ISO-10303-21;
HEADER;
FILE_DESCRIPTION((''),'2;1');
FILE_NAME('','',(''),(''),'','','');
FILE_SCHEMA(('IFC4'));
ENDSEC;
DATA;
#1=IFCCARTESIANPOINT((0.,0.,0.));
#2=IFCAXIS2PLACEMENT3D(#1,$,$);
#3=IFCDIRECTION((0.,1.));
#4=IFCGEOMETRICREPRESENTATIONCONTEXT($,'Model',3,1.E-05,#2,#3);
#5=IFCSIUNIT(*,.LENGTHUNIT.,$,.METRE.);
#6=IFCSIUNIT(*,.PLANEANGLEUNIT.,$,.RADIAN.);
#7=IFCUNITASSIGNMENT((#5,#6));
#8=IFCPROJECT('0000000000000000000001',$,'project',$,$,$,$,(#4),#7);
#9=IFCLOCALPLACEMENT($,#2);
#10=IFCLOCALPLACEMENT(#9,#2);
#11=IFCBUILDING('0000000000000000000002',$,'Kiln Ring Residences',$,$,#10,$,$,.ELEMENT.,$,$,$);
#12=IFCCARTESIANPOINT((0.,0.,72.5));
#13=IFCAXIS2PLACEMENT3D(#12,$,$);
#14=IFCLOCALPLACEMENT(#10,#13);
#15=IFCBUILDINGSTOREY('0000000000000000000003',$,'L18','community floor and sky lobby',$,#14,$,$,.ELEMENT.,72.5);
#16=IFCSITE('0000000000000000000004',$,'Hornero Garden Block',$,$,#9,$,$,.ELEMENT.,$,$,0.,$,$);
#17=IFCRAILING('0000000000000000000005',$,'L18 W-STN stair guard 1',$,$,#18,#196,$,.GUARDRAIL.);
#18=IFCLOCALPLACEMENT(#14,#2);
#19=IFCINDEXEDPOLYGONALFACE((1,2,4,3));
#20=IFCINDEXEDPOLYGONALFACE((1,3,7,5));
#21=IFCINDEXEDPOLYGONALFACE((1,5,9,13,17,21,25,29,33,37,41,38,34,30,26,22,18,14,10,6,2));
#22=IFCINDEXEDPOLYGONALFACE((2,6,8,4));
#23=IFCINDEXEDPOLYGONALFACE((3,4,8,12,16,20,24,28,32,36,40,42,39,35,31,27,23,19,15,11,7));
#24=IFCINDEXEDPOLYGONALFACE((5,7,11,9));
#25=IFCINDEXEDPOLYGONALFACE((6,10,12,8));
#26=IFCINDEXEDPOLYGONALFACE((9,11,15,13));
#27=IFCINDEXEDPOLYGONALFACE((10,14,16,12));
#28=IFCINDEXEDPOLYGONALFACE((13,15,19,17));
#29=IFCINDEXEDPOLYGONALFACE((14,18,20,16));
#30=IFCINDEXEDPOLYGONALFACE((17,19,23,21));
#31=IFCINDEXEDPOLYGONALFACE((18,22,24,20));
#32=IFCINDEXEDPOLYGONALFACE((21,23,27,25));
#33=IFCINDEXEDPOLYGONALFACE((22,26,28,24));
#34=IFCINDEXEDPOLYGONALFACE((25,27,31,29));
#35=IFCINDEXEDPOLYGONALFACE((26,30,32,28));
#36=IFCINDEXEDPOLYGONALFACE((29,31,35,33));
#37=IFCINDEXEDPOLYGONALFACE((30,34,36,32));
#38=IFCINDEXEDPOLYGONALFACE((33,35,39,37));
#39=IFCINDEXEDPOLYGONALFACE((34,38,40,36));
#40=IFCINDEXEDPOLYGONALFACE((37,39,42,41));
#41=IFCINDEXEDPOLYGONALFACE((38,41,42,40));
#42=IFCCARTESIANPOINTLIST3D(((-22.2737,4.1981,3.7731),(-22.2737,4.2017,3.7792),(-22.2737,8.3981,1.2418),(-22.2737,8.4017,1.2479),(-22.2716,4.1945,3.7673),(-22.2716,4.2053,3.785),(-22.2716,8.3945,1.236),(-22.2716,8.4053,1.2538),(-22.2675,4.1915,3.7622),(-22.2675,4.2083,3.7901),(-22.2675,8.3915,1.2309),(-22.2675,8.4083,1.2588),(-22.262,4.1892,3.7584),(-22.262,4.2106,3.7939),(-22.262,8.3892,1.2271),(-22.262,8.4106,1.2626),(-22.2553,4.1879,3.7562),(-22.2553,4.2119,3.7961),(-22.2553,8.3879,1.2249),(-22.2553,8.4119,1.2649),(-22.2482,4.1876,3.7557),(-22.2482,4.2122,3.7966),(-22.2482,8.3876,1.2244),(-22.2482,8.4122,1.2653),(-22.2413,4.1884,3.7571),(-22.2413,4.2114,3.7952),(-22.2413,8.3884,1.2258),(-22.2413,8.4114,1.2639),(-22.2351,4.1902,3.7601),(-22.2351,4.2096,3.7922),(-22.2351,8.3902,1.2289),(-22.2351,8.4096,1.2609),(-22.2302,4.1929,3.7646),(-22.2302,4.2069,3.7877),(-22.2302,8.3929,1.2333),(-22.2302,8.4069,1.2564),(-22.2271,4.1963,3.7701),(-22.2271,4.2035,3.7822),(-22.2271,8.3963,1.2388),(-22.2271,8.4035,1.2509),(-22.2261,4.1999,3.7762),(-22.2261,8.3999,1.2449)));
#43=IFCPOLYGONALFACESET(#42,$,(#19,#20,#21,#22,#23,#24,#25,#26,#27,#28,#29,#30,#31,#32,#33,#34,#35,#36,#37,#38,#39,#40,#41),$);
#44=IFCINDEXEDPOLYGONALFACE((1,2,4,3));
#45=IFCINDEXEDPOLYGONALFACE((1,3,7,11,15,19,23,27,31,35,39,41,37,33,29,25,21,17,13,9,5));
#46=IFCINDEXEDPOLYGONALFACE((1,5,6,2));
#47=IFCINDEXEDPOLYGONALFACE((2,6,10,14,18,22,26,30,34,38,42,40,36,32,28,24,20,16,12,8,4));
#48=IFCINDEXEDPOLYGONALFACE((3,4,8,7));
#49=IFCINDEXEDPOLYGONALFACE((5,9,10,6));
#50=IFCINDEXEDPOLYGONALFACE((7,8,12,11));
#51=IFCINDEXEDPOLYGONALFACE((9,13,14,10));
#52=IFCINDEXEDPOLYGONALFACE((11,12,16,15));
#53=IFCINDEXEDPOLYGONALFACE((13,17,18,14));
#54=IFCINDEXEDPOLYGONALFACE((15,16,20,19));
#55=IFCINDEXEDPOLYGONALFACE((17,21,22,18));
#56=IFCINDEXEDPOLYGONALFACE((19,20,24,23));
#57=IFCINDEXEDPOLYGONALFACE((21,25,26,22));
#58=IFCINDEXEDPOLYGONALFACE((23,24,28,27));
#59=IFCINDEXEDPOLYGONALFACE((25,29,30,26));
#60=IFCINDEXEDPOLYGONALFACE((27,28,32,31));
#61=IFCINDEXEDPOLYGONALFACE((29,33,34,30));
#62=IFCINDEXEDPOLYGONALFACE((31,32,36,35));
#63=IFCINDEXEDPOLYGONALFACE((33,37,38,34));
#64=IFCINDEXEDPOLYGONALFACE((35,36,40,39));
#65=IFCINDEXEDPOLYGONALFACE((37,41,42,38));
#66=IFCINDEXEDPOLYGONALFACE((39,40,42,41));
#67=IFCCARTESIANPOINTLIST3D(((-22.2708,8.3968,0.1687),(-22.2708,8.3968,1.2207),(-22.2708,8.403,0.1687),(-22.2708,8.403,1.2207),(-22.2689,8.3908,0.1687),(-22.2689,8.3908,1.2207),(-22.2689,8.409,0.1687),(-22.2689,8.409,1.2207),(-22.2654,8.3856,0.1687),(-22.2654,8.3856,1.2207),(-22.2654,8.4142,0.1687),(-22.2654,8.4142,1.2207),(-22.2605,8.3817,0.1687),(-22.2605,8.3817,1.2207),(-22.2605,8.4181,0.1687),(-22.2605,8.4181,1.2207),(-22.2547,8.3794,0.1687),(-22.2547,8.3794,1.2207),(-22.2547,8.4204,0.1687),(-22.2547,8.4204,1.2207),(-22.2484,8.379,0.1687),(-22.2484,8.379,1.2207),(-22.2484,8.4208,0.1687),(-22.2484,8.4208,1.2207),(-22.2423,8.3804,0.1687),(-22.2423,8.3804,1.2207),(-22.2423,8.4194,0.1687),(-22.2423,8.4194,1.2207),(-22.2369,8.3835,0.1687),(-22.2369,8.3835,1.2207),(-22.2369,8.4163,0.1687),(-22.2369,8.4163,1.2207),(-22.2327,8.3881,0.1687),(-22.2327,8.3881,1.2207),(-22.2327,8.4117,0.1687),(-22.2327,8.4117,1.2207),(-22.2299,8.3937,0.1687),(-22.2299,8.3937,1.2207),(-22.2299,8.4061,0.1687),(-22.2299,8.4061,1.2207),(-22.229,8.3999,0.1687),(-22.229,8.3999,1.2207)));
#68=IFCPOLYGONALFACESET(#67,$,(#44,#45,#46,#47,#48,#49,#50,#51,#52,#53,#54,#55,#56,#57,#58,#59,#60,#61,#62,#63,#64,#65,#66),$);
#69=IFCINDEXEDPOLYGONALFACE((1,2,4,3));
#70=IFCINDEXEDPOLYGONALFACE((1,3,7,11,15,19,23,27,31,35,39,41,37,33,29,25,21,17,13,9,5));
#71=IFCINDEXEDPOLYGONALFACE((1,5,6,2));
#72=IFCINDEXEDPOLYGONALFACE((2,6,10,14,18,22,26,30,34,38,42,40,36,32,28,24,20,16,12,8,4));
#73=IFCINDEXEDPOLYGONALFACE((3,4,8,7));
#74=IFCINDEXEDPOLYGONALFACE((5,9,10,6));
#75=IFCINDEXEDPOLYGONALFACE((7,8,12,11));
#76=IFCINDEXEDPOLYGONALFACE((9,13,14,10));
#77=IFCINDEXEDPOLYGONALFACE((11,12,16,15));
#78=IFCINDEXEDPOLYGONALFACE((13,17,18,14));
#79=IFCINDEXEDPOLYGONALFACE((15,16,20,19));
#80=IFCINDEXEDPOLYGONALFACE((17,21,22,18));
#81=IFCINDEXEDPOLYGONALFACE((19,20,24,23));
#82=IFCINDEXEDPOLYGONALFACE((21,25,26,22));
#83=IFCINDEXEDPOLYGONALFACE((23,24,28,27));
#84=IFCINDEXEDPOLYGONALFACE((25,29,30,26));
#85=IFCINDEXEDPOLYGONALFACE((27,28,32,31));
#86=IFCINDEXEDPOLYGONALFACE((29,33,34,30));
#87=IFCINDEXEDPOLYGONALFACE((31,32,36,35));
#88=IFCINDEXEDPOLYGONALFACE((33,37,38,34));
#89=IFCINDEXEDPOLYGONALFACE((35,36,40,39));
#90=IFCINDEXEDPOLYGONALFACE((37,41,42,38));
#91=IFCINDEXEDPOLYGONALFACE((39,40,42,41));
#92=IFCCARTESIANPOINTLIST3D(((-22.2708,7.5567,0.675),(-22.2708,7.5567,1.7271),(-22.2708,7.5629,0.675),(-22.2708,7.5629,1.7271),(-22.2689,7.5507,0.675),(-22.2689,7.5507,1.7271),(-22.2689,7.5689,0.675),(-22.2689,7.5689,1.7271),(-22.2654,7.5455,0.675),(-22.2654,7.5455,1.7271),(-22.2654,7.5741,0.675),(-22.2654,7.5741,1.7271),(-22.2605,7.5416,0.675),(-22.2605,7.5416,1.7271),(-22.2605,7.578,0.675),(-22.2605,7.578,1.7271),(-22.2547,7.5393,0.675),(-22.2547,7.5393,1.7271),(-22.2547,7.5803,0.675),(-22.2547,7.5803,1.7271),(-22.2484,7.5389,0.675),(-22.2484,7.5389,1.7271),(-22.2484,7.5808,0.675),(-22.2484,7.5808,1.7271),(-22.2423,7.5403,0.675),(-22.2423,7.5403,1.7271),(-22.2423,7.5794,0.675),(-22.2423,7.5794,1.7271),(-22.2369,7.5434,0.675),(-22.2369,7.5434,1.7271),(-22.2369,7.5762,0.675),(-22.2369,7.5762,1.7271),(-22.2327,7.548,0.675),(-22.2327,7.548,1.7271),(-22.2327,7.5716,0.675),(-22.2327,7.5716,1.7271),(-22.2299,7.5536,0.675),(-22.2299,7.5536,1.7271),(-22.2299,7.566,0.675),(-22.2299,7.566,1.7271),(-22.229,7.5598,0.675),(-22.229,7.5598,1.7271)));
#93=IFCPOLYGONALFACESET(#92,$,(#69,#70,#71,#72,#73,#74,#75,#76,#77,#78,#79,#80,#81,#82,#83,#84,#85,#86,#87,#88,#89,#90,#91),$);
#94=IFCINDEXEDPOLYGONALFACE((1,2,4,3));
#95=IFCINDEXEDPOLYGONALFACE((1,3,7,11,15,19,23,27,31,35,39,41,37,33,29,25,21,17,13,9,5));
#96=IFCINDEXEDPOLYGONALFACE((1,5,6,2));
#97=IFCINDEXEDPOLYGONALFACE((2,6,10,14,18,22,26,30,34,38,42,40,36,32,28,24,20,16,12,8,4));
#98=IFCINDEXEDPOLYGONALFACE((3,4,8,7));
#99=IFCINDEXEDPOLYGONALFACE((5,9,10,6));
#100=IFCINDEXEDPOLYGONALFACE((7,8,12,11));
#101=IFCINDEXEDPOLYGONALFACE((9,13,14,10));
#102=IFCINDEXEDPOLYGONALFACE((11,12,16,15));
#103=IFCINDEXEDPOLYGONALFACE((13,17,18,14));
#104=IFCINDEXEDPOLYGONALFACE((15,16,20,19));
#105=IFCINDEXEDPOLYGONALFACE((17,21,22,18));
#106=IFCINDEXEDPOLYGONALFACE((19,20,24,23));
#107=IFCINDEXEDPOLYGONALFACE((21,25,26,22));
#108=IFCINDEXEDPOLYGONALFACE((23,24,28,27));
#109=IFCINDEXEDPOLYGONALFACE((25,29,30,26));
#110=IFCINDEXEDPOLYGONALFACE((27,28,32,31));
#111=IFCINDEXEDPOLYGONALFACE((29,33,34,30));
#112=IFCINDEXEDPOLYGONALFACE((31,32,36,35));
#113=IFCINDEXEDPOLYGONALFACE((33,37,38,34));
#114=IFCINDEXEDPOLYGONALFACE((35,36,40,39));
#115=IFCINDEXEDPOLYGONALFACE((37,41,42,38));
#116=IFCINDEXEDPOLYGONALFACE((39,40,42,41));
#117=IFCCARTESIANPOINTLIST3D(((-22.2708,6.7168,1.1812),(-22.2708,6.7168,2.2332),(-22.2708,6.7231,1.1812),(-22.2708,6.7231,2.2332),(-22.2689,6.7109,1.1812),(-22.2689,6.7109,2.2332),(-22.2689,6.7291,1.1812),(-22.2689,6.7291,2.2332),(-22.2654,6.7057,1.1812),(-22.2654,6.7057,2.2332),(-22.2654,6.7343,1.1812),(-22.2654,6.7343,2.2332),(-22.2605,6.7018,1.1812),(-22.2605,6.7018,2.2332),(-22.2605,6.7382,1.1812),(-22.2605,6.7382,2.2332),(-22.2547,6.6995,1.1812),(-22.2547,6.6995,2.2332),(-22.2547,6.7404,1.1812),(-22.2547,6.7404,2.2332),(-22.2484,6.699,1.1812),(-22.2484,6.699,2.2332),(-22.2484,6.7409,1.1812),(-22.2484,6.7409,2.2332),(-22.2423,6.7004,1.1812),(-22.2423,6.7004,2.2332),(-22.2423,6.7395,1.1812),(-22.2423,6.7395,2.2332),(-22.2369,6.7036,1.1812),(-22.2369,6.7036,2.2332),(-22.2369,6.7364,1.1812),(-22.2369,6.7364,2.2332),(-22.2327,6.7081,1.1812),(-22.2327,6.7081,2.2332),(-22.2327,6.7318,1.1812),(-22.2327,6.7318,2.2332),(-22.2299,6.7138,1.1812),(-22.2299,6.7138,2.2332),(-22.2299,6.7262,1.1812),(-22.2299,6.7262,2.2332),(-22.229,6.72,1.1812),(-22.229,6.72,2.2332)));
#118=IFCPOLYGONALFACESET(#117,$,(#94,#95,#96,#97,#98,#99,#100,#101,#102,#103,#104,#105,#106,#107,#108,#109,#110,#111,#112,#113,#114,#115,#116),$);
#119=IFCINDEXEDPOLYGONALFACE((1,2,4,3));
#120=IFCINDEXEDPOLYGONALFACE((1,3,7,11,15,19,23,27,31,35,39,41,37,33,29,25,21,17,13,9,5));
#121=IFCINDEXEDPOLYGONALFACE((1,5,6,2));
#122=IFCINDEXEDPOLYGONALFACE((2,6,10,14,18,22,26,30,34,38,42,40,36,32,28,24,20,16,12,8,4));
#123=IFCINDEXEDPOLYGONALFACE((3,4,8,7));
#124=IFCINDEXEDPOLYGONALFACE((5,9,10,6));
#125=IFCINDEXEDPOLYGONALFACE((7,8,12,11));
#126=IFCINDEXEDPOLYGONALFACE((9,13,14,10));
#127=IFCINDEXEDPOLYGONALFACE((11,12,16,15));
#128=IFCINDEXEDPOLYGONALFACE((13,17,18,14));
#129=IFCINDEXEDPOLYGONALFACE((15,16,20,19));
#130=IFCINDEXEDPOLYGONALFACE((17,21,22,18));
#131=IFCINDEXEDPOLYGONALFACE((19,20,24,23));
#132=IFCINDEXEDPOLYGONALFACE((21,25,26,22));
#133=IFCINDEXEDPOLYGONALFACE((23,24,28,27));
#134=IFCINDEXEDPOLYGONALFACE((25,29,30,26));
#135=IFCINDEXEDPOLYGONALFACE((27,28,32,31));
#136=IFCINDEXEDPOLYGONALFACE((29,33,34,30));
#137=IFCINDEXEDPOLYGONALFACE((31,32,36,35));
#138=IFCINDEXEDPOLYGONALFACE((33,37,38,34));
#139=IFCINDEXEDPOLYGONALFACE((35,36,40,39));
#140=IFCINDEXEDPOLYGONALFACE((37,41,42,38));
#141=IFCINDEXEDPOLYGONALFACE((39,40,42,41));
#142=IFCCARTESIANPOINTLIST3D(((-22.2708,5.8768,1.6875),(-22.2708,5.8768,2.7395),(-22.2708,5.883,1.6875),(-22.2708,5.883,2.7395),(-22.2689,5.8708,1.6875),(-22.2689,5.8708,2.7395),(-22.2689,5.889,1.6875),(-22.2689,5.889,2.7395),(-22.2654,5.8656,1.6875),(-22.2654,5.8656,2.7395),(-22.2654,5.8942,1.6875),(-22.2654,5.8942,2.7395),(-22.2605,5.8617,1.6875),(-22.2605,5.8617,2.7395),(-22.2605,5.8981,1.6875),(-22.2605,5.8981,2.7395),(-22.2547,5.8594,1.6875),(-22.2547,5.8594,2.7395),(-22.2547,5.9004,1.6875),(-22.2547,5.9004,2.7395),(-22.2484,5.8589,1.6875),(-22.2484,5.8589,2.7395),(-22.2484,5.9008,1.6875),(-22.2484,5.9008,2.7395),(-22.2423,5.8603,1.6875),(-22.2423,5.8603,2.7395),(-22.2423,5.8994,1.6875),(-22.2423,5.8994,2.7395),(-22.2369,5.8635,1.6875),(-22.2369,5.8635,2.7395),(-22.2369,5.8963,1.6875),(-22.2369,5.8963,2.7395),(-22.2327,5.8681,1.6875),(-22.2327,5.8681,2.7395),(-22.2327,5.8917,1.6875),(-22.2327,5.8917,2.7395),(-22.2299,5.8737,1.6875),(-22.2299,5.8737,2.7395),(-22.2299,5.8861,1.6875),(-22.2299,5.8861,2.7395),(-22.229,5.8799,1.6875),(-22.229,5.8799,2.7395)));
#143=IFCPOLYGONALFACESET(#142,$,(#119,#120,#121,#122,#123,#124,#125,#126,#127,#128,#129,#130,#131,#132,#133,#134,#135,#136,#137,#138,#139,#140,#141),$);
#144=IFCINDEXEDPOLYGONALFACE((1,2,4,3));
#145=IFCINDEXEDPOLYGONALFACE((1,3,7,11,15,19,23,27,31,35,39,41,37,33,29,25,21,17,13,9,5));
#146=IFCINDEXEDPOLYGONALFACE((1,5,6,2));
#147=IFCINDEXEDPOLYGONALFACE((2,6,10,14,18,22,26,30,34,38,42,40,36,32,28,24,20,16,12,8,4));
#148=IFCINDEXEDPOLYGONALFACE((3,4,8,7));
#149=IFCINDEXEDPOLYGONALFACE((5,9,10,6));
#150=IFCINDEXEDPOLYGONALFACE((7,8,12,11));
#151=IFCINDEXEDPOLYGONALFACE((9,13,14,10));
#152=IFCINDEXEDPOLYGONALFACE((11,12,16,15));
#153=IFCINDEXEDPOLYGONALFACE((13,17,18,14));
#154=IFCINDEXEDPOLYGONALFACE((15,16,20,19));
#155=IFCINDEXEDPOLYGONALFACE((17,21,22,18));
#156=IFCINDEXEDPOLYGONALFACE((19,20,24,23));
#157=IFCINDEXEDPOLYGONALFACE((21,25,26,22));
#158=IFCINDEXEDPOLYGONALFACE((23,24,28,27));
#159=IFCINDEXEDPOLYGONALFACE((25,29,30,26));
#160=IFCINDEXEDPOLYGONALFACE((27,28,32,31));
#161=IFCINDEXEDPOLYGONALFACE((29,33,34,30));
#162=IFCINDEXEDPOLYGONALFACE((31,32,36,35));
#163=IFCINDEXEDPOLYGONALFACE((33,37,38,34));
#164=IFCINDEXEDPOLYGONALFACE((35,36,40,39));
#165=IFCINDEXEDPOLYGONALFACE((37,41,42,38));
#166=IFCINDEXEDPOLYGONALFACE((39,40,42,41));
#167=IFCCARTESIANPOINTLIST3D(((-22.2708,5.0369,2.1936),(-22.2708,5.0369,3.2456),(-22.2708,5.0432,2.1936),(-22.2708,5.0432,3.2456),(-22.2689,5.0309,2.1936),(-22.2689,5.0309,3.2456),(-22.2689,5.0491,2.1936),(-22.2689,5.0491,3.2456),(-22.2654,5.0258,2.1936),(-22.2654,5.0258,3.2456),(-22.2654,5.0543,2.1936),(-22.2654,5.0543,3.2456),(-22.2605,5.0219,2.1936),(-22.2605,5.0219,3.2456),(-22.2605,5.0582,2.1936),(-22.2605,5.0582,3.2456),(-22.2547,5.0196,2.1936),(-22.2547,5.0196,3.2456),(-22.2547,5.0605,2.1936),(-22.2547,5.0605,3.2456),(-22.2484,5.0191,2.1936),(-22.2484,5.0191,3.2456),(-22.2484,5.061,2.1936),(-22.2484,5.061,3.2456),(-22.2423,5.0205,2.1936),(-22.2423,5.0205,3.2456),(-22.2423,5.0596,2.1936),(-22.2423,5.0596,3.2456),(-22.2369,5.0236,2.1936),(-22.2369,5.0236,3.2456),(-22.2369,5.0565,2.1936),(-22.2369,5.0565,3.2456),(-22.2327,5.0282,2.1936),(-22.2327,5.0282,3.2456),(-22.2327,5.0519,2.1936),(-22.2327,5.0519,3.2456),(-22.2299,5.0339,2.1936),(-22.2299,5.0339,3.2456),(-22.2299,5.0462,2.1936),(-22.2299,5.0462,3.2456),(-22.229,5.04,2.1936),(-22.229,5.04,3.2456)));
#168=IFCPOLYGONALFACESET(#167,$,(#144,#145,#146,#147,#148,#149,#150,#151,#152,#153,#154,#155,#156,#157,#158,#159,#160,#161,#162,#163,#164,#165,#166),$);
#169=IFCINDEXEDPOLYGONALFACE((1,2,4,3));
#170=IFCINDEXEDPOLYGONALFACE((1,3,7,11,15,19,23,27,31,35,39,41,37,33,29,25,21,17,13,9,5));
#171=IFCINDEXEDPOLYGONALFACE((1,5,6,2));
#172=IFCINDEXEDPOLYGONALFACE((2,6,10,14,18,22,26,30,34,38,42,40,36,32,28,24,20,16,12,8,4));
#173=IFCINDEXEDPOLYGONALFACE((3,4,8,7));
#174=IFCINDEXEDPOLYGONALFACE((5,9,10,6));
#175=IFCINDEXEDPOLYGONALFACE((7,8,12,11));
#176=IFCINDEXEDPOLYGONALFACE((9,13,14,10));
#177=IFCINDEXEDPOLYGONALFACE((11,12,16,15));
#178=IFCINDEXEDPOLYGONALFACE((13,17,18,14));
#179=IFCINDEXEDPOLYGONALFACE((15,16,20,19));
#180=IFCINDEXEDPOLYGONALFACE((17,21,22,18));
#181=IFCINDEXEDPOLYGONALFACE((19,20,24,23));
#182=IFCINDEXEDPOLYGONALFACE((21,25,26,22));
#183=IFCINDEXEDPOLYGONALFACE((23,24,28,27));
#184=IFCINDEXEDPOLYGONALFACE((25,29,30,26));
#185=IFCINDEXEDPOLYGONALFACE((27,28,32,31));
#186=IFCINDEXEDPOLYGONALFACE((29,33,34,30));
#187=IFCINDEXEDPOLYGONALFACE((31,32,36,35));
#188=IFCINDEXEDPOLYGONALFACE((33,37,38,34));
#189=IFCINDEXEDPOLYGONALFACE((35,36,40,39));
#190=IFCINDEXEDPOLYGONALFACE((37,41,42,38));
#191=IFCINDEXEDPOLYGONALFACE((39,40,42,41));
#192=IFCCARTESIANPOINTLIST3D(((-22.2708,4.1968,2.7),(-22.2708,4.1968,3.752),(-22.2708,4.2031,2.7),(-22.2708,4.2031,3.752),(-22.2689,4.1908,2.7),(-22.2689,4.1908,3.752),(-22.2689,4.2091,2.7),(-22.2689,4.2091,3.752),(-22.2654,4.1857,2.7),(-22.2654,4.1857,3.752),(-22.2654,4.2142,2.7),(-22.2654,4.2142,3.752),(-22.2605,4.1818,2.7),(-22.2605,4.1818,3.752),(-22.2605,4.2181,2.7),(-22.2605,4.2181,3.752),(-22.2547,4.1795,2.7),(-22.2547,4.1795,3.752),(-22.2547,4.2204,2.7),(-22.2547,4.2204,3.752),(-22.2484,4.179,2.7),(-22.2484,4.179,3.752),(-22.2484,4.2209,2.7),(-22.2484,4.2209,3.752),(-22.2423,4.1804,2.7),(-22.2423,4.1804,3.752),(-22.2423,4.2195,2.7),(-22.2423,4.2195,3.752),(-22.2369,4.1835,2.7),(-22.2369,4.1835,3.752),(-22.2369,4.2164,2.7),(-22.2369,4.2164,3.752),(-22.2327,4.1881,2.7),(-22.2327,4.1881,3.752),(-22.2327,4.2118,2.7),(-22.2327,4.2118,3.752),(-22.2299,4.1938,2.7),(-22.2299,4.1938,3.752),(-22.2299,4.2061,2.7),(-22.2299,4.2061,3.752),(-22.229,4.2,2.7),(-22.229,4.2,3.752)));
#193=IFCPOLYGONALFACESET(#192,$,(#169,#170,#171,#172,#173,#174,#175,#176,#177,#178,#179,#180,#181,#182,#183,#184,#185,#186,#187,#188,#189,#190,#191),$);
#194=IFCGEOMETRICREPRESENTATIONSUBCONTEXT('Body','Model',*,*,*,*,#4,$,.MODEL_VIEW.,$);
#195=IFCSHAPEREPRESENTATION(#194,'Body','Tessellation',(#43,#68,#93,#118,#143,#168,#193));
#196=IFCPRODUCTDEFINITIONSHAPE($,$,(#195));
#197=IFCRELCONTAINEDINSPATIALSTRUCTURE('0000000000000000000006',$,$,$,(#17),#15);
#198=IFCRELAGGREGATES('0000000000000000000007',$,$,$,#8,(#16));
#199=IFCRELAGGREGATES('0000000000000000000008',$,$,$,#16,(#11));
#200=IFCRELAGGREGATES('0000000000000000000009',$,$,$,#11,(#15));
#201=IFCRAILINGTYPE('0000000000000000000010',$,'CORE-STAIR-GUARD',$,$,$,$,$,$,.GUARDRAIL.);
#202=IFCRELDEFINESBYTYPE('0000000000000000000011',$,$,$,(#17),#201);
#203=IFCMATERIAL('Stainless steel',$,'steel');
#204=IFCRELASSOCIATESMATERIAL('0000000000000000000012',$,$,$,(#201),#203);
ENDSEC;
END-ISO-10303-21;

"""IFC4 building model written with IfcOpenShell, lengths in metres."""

from ifc_helpers import new_model, si_unit, direction, frame, origin, origin_2d, place, context, subcontext, project, spatial, circle, extrude, material, type_object, element, save


model = new_model("IFC4")

# Units and contexts
model_context = context("Model", 3, precision=1e-05, world=origin(), true_north=direction((0.0, 1.0)))
body_context = subcontext(model_context, "Body", "Model", "MODEL_VIEW")
ifc_project = project(units=[si_unit("LENGTHUNIT", "METRE"), si_unit("PLANEANGLEUNIT", "RADIAN")], contexts=[model_context])

# Site, building, storey
site_placement = place(None, origin())
site = spatial("IfcSite", under=ifc_project, at=site_placement, Name="Hornero Garden Block", CompositionType="ELEMENT", RefElevation=0.0)
building_placement = place(site_placement, origin())
building = spatial("IfcBuilding", under=site, at=building_placement, Name="Kiln Ring Residences", CompositionType="ELEMENT")
storey_placement = place(building_placement, frame((0.0, 0.0, 72.5)))
storey = spatial("IfcBuildingStorey", under=building, at=storey_placement, Name="L18", Description="community floor and sky lobby", CompositionType="ELEMENT", Elevation=72.5)

# Railing
ifc_material_1 = material(Name="Stainless steel", Category="steel")
railing_type_1 = type_object("IfcRailingType", Name="CORE-STAIR-GUARD", PredefinedType="GUARDRAIL", material=ifc_material_1)
railing_1_placement = place(storey_placement, frame((-22.25, 8.3999, 0.1687)))
element("IfcRailing", 1, at=railing_1_placement, inside=storey, type_object=railing_type_1, Name="L18 W-STN stair guard 1", PredefinedType="GUARDRAIL", context=body_context, shape_type="SweptSolid", body=[
    extrude(circle(Radius=0.0239, at=origin_2d()), frame((0.0, 0.0, 1.0762), z_axis=(0.0, -0.856476, 0.516186), x_axis=(1.0, 0.0, 0.0)), (0.0, 0.0, 1.0), 4.9038),
    extrude(circle(Radius=0.021, at=origin_2d()), origin(), (0.0, 0.0, 1.0), 1.052),
    extrude(circle(Radius=0.021, at=origin_2d()), frame((0.0, -0.8401, 0.5063)), (0.0, 0.0, 1.0), 1.052),
    extrude(circle(Radius=0.021, at=origin_2d()), frame((0.0, -1.6799, 1.0125)), (0.0, 0.0, 1.0), 1.052),
    extrude(circle(Radius=0.021, at=origin_2d()), frame((0.0, -2.52, 1.5188)), (0.0, 0.0, 1.0), 1.052),
    extrude(circle(Radius=0.021, at=origin_2d()), frame((0.0, -3.3599, 2.0249)), (0.0, 0.0, 1.0), 1.052),
    extrude(circle(Radius=0.021, at=origin_2d()), frame((0.0, -4.2, 2.5312)), (0.0, 0.0, 1.0), 1.052),
])

save(model, "model.ifc")
